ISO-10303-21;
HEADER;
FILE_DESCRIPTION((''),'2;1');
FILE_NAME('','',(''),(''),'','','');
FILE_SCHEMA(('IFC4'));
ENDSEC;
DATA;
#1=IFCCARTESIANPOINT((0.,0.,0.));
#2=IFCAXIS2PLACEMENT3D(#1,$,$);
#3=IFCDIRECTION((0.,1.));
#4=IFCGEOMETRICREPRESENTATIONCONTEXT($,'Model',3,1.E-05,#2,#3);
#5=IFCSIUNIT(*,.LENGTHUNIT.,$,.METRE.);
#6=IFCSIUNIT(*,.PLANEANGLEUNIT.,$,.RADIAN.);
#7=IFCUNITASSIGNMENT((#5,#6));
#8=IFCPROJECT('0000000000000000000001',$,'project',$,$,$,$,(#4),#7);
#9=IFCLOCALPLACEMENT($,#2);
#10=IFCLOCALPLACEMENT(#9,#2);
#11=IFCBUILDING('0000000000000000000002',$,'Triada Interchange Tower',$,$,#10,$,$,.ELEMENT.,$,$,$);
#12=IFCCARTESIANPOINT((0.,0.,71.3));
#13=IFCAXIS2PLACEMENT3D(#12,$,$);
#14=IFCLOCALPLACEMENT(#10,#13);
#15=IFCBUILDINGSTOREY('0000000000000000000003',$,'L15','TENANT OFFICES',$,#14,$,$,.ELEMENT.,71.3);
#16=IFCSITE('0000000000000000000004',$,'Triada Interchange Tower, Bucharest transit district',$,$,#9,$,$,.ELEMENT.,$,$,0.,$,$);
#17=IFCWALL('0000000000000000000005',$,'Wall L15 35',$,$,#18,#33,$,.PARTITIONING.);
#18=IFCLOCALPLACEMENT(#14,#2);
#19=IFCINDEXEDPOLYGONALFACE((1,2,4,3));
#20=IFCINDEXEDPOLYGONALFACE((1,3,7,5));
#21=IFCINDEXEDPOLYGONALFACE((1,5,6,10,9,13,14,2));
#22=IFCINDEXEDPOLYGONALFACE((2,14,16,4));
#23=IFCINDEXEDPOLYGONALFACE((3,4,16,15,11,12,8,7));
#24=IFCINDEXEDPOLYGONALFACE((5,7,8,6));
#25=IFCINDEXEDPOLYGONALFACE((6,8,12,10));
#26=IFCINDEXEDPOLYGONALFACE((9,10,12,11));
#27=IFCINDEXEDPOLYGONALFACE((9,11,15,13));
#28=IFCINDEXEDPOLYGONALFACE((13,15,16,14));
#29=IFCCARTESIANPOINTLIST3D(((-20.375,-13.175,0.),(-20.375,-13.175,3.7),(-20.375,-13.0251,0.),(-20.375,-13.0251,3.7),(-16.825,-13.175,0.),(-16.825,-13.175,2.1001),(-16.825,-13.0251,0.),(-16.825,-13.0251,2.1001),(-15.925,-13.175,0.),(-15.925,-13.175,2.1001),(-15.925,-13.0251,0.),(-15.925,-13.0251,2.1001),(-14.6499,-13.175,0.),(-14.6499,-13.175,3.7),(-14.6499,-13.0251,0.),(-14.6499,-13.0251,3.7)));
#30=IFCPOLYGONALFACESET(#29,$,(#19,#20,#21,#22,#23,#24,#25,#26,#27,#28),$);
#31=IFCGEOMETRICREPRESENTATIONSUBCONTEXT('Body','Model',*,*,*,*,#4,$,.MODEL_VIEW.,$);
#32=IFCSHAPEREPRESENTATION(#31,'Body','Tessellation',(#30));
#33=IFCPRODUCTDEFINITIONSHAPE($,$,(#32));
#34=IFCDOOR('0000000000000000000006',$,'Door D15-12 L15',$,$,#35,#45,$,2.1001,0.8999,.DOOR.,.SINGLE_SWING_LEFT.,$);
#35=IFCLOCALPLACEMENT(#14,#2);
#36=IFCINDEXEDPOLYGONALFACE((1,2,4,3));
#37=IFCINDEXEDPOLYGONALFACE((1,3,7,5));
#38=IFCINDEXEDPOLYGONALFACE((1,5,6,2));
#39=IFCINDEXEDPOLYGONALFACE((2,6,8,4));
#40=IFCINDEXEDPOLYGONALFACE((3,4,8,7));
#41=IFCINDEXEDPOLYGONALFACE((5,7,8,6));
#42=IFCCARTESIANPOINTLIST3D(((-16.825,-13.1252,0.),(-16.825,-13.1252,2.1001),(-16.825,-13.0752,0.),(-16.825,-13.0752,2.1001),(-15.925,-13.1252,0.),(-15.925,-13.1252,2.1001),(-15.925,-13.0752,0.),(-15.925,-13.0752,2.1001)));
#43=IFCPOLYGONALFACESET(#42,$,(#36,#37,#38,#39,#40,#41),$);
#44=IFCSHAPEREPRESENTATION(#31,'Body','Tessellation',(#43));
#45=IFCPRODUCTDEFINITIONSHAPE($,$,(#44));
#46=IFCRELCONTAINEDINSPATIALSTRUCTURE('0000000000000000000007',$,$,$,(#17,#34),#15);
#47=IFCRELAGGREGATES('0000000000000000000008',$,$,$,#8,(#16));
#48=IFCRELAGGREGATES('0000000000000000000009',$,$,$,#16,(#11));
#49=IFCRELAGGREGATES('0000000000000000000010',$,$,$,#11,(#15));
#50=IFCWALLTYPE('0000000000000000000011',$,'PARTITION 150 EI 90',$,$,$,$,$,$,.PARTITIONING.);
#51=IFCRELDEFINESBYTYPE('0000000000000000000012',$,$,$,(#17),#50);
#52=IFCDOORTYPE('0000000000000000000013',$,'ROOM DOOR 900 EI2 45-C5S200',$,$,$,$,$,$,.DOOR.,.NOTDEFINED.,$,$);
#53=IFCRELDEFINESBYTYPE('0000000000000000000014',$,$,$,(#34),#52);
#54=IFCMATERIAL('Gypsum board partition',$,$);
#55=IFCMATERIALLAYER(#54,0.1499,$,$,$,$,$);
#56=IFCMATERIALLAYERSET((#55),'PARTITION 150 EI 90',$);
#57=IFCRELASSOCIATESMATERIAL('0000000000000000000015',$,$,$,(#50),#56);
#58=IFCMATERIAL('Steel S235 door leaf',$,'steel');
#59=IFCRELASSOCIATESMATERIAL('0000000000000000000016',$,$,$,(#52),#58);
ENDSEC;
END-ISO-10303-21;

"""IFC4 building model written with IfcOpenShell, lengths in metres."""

from ifc_helpers import new_model, si_unit, direction, frame, frame_2d, origin, place, context, subcontext, project, spatial, rectangle, extrude, material, layer, layer_set, type_object, element, fill, save


model = new_model("IFC4")

# Units and contexts
model_context = context("Model", 3, precision=1e-05, world=origin(), true_north=direction((0.0, 1.0)))
body_context = subcontext(model_context, "Body", "Model", "MODEL_VIEW")
ifc_project = project(units=[si_unit("LENGTHUNIT", "METRE"), si_unit("PLANEANGLEUNIT", "RADIAN")], contexts=[model_context])

# Site, building, storey
site_placement = place(None, origin())
site = spatial("IfcSite", under=ifc_project, at=site_placement, Name="Triada Interchange Tower, Bucharest transit district", CompositionType="ELEMENT", RefElevation=0.0)
building_placement = place(site_placement, origin())
building = spatial("IfcBuilding", under=site, at=building_placement, Name="Triada Interchange Tower", CompositionType="ELEMENT")
storey_placement = place(building_placement, frame((0.0, 0.0, 71.3)))
storey = spatial("IfcBuildingStorey", under=building, at=storey_placement, Name="L15", Description="TENANT OFFICES", CompositionType="ELEMENT", Elevation=71.3)

# Shared definitions
ifc_material_1 = material(Name="Gypsum board partition")
ifc_material_2 = material(Name="Steel S235 door leaf", Category="steel")

# Wall, opening, door
ifc_layer_1 = layer(ifc_material_1, 0.1499)
ifc_layer_set_1 = layer_set([ifc_layer_1], Name="PARTITION 150 EI 90")
wall_type_1 = type_object("IfcWallType", Name="PARTITION 150 EI 90", PredefinedType="PARTITIONING", material=ifc_layer_set_1)
wall_1_placement = place(storey_placement, frame((-20.375, -13.1001, 0.0), z_axis=(0.0, 0.0, 1.0), x_axis=(1.0, 0.0, 0.0)))
wall_1 = element("IfcWall", 1, at=wall_1_placement, inside=storey, type_object=wall_type_1, Name="Wall L15 35", PredefinedType="PARTITIONING", context=body_context, shape_type="SweptSolid", body=[
    extrude(rectangle(XDim=5.7251, YDim=0.1499, at=frame_2d((2.8625, 0.0))), origin(), (0.0, 0.0, 1.0), 3.7),
])
opening_1_placement = place(wall_1_placement, frame((3.55, 0.0, 0.0)))
opening_1 = element("IfcOpeningElement", 2, at=opening_1_placement, cuts=wall_1, PredefinedType="OPENING", context=body_context, shape_type="SweptSolid", body=[
    extrude(rectangle(XDim=0.8999, YDim=2.1001, at=frame_2d((0.45, 1.05))), frame((0.0, 0.085, 0.0), z_axis=(0.0, -1.0, 0.0), x_axis=(1.0, 0.0, 0.0)), (0.0, 0.0, 1.0), 0.1699),
])
door_type_1 = type_object("IfcDoorType", Name="ROOM DOOR 900 EI2 45-C5S200", OperationType="NOTDEFINED", PredefinedType="DOOR", material=ifc_material_2)
door_1_placement = place(opening_1_placement, origin())
door_1 = element("IfcDoor", 3, at=door_1_placement, inside=storey, type_object=door_type_1, Name="Door D15-12 L15", OperationType="SINGLE_SWING_LEFT", OverallHeight=2.1001, OverallWidth=0.8999, PredefinedType="DOOR", context=body_context, shape_type="SweptSolid", body=[
    extrude(rectangle(XDim=0.8999, YDim=2.1001, at=frame_2d((0.45, 1.05))), frame((0.0, 0.0249, 0.0), z_axis=(0.0, -1.0, 0.0), x_axis=(1.0, 0.0, 0.0)), (0.0, 0.0, 1.0), 0.05),
])
fill(opening_1, door_1)

save(model, "model.ifc")
